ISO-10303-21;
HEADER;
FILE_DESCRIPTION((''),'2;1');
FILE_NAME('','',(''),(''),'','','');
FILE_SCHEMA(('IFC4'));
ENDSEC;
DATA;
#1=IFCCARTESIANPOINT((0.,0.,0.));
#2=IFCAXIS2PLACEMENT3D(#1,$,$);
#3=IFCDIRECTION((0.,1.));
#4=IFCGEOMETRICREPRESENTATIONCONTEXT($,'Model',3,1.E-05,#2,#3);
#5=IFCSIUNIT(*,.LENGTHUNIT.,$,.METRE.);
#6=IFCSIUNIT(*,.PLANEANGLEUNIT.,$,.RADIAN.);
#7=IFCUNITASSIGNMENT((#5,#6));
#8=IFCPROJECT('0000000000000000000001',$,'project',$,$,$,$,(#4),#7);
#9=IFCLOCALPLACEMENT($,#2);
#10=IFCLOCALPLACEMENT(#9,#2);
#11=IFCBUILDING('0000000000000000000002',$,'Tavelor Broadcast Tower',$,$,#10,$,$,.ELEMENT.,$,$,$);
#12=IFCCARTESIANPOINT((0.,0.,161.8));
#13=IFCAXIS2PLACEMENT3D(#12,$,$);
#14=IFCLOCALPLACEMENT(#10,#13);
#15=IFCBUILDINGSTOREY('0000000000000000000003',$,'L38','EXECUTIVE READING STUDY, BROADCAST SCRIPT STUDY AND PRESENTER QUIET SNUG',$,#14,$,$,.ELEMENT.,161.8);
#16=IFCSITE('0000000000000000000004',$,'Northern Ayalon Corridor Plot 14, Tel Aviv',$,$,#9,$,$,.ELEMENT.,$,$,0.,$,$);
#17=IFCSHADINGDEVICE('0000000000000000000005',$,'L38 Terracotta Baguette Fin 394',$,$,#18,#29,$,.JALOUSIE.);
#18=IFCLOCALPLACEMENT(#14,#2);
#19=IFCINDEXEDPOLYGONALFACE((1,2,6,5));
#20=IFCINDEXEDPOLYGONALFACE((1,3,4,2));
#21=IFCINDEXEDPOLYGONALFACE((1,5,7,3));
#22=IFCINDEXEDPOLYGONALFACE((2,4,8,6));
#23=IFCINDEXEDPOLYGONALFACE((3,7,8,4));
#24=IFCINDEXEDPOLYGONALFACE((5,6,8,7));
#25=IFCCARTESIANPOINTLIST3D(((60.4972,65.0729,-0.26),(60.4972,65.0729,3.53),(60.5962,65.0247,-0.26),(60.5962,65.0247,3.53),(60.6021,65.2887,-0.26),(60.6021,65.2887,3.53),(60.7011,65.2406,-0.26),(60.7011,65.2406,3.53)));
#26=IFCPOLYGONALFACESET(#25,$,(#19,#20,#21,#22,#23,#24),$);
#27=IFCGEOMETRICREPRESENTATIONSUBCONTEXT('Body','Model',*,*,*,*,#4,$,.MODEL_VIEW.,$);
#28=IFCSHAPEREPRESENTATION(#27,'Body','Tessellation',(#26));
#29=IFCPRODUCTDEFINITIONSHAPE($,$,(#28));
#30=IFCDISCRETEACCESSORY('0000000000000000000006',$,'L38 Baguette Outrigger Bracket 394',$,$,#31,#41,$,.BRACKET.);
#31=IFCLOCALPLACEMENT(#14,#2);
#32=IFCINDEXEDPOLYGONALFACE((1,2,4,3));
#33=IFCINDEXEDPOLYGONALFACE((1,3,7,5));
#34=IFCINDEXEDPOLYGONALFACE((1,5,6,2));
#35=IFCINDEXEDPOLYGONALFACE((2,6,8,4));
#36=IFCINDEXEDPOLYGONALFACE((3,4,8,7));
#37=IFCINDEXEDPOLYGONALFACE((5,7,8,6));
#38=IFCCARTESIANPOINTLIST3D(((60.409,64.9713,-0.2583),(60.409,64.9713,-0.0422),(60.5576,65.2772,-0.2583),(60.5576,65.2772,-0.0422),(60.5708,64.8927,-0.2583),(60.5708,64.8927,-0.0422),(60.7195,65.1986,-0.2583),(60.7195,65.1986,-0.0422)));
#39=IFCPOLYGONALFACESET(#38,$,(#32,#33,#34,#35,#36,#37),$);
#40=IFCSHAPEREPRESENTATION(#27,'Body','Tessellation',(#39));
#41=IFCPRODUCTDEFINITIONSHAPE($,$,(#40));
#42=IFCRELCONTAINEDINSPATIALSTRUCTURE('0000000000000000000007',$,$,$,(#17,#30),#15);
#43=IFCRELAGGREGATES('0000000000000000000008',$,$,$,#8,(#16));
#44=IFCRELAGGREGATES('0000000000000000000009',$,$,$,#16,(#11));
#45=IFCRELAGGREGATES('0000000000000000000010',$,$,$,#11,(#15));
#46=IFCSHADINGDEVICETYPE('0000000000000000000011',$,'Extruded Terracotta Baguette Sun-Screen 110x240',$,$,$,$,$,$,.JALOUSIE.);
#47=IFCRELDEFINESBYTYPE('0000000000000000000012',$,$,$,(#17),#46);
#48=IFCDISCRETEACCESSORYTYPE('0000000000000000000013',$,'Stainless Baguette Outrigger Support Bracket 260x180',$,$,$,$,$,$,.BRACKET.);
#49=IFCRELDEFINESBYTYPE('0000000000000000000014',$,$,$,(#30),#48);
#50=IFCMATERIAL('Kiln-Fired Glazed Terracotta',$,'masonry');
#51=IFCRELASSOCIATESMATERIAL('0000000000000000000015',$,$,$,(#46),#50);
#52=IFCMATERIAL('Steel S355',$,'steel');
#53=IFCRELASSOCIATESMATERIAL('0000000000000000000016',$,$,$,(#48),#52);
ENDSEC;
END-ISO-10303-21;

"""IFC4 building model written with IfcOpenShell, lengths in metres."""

from ifc_helpers import new_model, si_unit, direction, frame, origin, origin_2d, place, context, subcontext, project, spatial, rectangle, extrude, source, transform, mapped, material, type_object, type_shapes, element, save


model = new_model("IFC4")

# Units and contexts
model_context = context("Model", 3, precision=1e-05, world=origin(), true_north=direction((0.0, 1.0)))
body_context = subcontext(model_context, "Body", "Model", "MODEL_VIEW")
ifc_project = project(units=[si_unit("LENGTHUNIT", "METRE"), si_unit("PLANEANGLEUNIT", "RADIAN")], contexts=[model_context])

# Site, building, storey
site_placement = place(None, origin())
site = spatial("IfcSite", under=ifc_project, at=site_placement, Name="Northern Ayalon Corridor Plot 14, Tel Aviv", CompositionType="ELEMENT", RefElevation=0.0)
building_placement = place(site_placement, origin())
building = spatial("IfcBuilding", under=site, at=building_placement, Name="Tavelor Broadcast Tower", CompositionType="ELEMENT")
storey_placement = place(building_placement, frame((0.0, 0.0, 161.8)))
storey = spatial("IfcBuildingStorey", under=building, at=storey_placement, Name="L38", Description="EXECUTIVE READING STUDY, BROADCAST SCRIPT STUDY AND PRESENTER QUIET SNUG", CompositionType="ELEMENT", Elevation=161.8)

# Shared definitions
ifc_material_1 = material(Name="Steel S355", Category="steel")

# Shading device
ifc_material_2 = material(Name="Kiln-Fired Glazed Terracotta", Category="masonry")
shading_device_type = type_object("IfcShadingDeviceType", Name="Extruded Terracotta Baguette Sun-Screen 110x240", PredefinedType="JALOUSIE", material=ifc_material_2)
shared_shape_1 = source(origin(), body_context, "Body", "SweptSolid", [
    extrude(rectangle(XDim=0.1101, YDim=0.24, at=origin_2d()), origin(), (0.0, 0.0, 1.0), 3.79),
])
type_shapes(shading_device_type, [shared_shape_1])
shading_device_placement = place(storey_placement, frame((60.5991, 65.1567, -0.26), z_axis=(0.0, 0.0, 1.0), x_axis=(-0.899405, 0.437116, 0.0)))
element("IfcShadingDevice", 1, at=shading_device_placement, inside=storey, type_object=shading_device_type, Name="L38 Terracotta Baguette Fin 394", PredefinedType="JALOUSIE", context=body_context, shape_type="MappedRepresentation", body=[
    mapped(shared_shape_1, transform((0.0, 0.0, 0.0), scale=1.0)),
])

# Discrete accessory
discrete_accessory_type = type_object("IfcDiscreteAccessoryType", Name="Stainless Baguette Outrigger Support Bracket 260x180", PredefinedType="BRACKET", material=ifc_material_1)
shared_shape_2 = source(origin(), body_context, "Body", "SweptSolid", [
    extrude(rectangle(XDim=0.1799, YDim=0.3401, at=origin_2d()), origin(), (0.0, 0.0, 1.0), 0.2161),
])
type_shapes(discrete_accessory_type, [shared_shape_2])
discrete_accessory_placement = place(storey_placement, frame((60.5642, 65.085, -0.2583), z_axis=(0.0, 0.0, 1.0), x_axis=(-0.899405, 0.437116, 0.0)))
element("IfcDiscreteAccessory", 2, at=discrete_accessory_placement, inside=storey, type_object=discrete_accessory_type, Name="L38 Baguette Outrigger Bracket 394", PredefinedType="BRACKET", context=body_context, shape_type="MappedRepresentation", body=[
    mapped(shared_shape_2, transform((0.0, 0.0, 0.0), scale=1.0)),
])

save(model, "model.ifc")
